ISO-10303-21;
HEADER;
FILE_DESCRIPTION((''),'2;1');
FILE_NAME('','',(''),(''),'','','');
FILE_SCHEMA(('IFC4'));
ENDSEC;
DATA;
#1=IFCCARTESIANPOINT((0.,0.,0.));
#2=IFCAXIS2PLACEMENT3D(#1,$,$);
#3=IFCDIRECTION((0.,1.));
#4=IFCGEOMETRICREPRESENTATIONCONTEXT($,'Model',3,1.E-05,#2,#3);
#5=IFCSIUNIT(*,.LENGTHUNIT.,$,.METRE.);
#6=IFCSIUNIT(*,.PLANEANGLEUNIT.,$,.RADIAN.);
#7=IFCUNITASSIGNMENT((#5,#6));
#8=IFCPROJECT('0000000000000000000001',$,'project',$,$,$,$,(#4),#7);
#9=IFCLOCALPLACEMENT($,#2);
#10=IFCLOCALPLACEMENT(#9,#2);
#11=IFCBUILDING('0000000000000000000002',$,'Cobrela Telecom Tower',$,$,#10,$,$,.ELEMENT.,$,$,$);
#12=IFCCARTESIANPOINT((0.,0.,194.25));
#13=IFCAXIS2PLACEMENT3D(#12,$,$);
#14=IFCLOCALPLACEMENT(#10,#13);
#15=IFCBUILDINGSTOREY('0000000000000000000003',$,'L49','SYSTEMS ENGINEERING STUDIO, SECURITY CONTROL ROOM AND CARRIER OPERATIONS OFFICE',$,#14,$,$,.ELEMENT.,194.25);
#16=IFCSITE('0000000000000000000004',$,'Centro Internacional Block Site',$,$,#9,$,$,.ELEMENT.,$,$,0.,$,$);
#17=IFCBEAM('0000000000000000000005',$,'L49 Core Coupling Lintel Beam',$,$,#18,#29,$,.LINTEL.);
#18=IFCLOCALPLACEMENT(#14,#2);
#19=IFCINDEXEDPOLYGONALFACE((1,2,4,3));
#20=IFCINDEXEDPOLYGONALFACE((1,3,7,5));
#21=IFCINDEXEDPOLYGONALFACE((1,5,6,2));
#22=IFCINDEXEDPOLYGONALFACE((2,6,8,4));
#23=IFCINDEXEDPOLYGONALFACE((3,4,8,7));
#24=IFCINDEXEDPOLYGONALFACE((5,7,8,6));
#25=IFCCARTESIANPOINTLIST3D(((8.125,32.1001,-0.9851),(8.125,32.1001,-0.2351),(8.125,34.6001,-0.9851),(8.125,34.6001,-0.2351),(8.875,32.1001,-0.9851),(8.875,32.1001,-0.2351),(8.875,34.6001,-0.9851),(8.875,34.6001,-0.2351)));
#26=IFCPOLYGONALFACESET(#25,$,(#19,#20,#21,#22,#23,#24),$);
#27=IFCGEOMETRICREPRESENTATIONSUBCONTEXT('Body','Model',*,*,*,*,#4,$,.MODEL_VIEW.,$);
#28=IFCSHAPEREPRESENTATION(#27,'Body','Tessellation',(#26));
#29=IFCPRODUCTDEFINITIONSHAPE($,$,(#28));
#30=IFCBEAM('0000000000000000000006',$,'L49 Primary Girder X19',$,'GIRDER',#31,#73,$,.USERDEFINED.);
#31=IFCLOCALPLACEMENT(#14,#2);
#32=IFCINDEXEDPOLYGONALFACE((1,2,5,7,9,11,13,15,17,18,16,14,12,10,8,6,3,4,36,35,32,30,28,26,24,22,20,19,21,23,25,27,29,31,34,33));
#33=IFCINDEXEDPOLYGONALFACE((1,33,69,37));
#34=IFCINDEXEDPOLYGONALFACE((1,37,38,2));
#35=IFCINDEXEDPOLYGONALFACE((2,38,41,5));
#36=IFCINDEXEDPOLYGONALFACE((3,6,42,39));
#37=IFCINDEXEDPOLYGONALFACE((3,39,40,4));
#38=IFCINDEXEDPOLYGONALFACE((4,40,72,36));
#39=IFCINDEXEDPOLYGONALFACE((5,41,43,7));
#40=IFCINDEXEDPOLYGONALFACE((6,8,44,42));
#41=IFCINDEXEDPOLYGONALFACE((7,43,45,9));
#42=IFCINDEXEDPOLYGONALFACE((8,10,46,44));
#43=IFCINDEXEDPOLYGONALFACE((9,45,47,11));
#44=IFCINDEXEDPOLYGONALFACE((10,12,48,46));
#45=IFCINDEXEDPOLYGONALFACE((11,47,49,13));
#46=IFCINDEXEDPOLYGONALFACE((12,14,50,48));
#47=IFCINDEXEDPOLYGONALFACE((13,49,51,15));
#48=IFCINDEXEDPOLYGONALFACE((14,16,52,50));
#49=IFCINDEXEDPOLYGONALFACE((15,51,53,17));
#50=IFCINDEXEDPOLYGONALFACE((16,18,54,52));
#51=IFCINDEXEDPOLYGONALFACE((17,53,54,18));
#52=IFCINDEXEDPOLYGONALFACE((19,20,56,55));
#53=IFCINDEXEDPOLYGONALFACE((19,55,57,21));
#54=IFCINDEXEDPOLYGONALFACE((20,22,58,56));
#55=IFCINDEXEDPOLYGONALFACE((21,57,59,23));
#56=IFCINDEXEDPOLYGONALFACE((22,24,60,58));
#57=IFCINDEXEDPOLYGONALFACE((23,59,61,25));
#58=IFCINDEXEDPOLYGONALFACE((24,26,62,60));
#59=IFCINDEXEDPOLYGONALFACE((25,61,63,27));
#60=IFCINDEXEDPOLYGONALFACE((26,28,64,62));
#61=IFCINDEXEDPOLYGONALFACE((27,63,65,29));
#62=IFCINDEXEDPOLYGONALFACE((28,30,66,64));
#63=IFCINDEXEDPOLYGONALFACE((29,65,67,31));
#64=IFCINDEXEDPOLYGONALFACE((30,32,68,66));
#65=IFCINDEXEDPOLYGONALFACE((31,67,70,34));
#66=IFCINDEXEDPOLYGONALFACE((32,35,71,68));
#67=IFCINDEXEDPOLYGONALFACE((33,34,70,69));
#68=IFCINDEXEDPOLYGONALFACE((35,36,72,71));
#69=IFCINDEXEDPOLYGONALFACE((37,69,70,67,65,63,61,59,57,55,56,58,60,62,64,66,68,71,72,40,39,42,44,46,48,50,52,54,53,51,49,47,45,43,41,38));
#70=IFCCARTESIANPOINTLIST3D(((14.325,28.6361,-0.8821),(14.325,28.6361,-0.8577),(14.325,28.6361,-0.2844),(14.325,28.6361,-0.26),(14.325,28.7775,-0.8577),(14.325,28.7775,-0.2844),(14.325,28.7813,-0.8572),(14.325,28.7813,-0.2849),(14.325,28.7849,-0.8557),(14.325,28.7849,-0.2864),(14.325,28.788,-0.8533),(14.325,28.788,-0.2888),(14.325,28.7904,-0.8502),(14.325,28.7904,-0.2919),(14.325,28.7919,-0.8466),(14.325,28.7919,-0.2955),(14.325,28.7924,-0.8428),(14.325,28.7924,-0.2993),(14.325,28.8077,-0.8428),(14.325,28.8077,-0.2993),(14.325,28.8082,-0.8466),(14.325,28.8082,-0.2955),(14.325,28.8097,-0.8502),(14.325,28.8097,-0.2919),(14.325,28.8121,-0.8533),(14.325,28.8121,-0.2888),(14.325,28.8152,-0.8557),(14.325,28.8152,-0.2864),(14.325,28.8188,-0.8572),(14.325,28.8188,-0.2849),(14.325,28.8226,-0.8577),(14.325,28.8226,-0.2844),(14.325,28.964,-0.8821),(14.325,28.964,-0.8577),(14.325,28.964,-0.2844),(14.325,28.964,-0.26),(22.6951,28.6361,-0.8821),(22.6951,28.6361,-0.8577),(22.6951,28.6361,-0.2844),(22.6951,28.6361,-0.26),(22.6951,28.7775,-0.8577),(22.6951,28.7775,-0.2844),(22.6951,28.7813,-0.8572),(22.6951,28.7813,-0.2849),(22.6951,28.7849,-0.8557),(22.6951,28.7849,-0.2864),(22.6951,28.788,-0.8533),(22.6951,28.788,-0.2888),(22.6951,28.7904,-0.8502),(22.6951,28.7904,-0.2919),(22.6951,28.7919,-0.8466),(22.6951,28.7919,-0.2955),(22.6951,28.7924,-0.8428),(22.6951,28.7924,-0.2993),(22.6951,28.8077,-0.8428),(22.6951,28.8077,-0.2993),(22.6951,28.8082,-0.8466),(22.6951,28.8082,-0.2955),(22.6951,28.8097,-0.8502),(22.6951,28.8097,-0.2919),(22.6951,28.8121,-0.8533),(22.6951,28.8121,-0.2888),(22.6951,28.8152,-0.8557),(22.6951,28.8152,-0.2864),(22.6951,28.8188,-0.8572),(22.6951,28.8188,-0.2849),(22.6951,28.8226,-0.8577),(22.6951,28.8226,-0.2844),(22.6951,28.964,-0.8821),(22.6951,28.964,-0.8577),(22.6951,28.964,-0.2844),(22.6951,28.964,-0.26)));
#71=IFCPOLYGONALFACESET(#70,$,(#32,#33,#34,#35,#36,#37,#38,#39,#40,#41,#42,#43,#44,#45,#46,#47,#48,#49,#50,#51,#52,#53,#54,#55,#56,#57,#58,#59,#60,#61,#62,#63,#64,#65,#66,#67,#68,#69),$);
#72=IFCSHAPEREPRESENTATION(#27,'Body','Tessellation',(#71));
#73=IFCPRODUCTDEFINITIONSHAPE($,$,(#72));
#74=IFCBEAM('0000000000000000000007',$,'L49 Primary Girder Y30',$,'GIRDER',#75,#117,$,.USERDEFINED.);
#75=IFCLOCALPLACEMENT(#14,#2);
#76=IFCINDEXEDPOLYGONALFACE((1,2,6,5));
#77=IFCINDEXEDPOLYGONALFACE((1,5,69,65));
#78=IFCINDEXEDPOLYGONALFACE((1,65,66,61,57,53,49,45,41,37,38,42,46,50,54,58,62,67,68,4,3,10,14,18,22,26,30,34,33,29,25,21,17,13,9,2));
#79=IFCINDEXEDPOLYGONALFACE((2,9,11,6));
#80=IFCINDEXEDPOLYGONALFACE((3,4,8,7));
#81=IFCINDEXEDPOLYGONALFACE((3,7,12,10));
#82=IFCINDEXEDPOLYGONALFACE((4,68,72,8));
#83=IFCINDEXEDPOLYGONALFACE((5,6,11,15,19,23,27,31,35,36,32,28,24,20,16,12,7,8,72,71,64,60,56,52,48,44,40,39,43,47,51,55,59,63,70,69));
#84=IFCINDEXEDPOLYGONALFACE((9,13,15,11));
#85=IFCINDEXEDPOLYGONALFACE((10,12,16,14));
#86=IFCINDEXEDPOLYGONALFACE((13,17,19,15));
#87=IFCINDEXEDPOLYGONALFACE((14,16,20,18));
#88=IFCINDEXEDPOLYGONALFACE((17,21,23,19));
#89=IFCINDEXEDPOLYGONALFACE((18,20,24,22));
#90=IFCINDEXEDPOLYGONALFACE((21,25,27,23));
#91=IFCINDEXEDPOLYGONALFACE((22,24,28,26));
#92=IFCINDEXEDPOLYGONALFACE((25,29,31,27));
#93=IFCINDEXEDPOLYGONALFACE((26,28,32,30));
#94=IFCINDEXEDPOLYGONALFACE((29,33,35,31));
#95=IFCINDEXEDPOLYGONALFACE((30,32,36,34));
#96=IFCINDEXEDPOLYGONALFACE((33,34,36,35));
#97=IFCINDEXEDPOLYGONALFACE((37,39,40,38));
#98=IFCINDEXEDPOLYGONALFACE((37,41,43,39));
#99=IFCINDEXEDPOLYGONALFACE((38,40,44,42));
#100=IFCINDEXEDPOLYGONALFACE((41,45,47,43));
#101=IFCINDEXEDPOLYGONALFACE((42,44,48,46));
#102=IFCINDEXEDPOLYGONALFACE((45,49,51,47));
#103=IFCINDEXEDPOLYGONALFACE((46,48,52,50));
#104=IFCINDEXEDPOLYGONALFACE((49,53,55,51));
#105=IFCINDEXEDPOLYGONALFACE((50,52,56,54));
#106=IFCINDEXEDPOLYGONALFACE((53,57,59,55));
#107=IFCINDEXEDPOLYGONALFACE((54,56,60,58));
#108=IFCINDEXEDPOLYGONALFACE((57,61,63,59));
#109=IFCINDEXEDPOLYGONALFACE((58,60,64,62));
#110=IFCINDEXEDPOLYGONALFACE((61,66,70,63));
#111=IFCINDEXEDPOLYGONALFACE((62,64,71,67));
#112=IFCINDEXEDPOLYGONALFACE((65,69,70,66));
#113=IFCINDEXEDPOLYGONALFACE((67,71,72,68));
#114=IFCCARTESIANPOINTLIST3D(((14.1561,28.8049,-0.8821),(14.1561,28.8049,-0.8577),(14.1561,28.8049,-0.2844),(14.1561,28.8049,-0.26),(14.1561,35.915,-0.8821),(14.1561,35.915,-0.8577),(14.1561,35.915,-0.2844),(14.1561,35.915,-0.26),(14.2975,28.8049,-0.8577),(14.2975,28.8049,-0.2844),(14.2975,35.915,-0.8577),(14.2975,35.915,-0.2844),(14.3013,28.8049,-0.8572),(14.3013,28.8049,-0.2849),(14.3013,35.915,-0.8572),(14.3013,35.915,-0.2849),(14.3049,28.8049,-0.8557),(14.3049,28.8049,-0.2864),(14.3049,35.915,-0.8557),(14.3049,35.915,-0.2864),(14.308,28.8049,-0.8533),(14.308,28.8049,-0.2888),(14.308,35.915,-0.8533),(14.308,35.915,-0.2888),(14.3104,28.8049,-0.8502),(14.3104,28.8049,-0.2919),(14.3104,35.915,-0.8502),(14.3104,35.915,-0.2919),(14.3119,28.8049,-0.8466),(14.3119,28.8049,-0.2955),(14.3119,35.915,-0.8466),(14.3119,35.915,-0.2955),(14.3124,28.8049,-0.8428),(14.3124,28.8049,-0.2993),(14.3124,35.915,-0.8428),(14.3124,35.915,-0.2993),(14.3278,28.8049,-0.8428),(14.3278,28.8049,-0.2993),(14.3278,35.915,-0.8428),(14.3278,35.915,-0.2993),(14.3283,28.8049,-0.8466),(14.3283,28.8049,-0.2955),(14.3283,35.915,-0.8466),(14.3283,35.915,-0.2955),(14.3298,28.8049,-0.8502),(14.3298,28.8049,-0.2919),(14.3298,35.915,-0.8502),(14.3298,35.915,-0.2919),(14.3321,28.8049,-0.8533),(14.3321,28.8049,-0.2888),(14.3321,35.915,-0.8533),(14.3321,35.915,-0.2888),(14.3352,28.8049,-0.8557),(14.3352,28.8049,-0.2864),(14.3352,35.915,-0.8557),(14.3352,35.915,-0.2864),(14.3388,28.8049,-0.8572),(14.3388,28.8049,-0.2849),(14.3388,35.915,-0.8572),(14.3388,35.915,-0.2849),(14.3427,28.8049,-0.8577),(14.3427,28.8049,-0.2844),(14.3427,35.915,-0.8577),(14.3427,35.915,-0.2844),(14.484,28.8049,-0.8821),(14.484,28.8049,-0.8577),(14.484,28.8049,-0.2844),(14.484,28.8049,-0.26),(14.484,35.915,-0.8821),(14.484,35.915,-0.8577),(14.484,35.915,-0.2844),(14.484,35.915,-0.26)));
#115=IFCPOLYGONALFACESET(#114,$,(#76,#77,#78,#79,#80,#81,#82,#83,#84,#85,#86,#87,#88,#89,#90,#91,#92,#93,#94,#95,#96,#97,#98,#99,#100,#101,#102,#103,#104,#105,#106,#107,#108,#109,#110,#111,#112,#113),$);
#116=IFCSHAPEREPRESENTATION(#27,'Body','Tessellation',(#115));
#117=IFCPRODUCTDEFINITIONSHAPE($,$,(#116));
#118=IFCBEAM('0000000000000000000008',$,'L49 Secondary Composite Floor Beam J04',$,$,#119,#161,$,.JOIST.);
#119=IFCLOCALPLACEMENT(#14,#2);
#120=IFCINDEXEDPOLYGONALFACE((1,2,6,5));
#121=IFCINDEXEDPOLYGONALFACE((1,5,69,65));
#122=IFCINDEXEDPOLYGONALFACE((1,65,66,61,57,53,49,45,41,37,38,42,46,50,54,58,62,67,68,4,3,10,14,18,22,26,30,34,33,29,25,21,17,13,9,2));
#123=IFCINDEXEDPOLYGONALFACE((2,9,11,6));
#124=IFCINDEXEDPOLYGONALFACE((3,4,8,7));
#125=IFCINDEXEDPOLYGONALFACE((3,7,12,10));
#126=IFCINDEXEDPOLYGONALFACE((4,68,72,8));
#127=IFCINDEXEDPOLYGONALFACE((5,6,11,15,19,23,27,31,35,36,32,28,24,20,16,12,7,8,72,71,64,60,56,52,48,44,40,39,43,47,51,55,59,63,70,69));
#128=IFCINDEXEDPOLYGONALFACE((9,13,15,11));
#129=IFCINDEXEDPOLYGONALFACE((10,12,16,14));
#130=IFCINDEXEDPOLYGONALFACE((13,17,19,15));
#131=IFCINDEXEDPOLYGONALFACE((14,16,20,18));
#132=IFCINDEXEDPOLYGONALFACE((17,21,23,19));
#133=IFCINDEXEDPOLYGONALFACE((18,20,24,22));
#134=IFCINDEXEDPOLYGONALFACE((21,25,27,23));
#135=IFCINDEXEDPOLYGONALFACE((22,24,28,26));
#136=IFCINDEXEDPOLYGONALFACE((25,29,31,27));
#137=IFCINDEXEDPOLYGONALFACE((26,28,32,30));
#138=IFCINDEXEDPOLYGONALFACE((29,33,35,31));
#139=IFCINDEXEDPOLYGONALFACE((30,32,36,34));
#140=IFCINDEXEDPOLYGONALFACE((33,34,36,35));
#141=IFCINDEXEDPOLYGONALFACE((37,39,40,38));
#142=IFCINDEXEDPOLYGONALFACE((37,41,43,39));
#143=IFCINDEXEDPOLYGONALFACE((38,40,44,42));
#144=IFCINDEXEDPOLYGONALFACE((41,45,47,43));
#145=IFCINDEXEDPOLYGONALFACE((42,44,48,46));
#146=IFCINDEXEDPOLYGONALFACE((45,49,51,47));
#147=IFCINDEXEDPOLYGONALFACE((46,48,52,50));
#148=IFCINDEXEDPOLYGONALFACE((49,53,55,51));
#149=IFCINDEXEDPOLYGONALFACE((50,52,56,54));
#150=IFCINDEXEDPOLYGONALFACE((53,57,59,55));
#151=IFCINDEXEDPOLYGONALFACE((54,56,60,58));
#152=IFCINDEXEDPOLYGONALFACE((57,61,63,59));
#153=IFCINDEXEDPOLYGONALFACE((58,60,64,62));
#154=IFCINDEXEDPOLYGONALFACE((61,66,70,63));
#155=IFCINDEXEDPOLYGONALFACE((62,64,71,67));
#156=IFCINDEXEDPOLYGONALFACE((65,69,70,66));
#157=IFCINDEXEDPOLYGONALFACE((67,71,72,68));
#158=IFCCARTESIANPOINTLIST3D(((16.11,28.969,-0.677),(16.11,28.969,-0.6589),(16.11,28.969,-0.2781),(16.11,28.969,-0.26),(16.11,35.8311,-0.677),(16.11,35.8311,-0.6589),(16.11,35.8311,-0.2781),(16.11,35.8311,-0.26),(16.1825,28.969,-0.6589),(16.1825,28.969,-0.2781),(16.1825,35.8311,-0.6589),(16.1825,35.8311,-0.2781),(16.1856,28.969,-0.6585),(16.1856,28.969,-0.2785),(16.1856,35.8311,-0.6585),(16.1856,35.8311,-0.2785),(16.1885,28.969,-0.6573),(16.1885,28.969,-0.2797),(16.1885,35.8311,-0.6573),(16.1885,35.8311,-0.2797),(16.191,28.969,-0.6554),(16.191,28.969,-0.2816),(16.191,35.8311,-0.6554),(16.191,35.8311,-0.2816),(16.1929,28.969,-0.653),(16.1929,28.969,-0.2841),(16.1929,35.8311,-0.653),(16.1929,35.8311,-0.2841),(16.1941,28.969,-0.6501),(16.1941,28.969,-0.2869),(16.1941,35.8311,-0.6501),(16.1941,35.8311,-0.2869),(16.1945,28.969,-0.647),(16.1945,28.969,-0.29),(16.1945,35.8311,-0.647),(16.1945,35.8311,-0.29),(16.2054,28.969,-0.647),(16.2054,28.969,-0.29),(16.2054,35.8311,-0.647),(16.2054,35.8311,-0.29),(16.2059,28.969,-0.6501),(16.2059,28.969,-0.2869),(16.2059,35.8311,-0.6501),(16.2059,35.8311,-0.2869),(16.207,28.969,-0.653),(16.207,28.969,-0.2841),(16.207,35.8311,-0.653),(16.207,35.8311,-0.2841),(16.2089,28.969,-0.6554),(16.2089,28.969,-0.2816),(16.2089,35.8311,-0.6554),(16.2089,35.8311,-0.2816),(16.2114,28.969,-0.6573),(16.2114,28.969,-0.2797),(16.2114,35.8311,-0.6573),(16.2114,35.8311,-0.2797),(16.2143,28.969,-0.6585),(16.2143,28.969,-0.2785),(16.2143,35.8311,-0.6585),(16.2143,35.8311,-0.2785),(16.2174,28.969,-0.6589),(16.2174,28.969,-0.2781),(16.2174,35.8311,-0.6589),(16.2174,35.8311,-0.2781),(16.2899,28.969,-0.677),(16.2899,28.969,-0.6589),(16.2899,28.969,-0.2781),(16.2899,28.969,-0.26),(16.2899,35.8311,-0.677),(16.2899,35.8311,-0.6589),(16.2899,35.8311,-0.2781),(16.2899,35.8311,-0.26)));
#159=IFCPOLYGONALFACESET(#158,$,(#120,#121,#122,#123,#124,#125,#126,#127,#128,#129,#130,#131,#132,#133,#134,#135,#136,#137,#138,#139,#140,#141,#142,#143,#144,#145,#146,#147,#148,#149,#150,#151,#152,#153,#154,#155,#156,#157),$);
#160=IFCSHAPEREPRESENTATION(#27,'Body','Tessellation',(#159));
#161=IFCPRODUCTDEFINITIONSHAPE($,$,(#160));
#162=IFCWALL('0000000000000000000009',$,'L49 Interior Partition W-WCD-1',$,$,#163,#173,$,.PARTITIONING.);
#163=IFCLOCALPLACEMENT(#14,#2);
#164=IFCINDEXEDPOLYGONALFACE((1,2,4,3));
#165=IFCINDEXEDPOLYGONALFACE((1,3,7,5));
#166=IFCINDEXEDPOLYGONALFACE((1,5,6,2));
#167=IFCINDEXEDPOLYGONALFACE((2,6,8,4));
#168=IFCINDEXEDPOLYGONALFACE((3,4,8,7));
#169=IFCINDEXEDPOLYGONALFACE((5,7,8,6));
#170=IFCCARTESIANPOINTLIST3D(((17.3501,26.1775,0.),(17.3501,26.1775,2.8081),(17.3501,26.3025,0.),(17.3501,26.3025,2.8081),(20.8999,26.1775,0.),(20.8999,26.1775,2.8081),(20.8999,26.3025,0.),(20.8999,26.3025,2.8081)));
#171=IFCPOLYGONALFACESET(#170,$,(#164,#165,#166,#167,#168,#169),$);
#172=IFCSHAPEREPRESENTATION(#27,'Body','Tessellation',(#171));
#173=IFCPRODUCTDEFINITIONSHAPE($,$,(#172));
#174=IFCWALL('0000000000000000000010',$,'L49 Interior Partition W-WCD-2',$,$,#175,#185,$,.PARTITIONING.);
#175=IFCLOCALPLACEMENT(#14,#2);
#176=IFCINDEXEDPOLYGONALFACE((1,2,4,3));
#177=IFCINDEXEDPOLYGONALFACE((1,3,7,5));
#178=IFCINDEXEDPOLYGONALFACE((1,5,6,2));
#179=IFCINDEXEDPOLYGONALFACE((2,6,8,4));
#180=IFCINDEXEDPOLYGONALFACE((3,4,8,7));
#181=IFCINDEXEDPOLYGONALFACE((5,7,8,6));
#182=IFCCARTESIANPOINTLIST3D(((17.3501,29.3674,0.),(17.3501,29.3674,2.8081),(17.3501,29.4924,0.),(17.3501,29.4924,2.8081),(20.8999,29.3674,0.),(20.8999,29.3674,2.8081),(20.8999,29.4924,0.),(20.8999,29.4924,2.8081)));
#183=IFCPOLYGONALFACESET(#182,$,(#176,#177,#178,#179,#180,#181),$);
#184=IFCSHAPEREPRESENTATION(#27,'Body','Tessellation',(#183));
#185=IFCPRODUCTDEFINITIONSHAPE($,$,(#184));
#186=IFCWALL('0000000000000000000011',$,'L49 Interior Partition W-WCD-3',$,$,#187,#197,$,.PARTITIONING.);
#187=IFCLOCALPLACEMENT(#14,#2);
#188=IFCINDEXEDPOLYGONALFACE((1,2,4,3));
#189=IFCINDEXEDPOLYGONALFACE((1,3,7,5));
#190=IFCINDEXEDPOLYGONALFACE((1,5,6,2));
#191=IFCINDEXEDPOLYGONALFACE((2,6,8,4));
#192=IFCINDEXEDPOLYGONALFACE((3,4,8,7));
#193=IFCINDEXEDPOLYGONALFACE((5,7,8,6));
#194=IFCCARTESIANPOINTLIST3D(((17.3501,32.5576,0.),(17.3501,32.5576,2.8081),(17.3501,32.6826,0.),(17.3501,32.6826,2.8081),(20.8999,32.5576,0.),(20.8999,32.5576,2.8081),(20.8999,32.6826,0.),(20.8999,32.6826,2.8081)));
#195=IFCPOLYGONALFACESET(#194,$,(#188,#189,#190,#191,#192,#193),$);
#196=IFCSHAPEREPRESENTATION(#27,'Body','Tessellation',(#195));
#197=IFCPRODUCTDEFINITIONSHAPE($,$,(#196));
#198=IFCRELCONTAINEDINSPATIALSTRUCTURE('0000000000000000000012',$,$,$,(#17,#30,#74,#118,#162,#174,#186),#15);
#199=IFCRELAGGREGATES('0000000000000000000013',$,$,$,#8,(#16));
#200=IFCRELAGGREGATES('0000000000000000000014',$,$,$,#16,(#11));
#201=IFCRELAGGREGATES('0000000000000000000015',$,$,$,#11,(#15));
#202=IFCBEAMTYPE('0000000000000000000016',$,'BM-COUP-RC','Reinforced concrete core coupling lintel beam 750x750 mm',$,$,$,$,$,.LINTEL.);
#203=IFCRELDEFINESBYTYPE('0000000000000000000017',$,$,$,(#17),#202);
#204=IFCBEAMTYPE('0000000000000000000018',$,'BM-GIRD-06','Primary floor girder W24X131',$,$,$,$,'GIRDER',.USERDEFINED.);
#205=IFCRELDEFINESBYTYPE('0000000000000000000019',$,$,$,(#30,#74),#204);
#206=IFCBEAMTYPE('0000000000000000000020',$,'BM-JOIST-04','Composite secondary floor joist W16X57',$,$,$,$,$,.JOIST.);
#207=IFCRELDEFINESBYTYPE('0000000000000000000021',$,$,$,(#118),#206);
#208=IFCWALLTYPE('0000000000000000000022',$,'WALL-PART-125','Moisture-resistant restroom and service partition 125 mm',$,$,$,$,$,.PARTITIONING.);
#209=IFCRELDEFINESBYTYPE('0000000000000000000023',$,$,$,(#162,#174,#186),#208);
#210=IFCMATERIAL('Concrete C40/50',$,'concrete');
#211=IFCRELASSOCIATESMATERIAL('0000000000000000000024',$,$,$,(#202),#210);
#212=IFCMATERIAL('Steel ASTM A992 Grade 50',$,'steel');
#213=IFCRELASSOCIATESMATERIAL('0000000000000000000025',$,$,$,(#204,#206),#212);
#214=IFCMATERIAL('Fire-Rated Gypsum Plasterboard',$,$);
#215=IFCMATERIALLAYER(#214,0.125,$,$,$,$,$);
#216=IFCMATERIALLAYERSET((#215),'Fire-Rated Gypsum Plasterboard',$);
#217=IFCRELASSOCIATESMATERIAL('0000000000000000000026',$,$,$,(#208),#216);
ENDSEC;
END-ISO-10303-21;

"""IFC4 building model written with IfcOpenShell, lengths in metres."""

from ifc_helpers import new_model, si_unit, direction, frame, frame_2d, origin, origin_2d, place, context, subcontext, project, spatial, rectangle, i_section, extrude, material, layer, layer_set, material_profile, profile_set, type_object, element, save


model = new_model("IFC4")

# Units and contexts
model_context = context("Model", 3, precision=1e-05, world=origin(), true_north=direction((0.0, 1.0)))
body_context = subcontext(model_context, "Body", "Model", "MODEL_VIEW")
ifc_project = project(units=[si_unit("LENGTHUNIT", "METRE"), si_unit("PLANEANGLEUNIT", "RADIAN")], contexts=[model_context])

# Site, building, storey
site_placement = place(None, origin())
site = spatial("IfcSite", under=ifc_project, at=site_placement, Name="Centro Internacional Block Site", CompositionType="ELEMENT", RefElevation=0.0)
building_placement = place(site_placement, origin())
building = spatial("IfcBuilding", under=site, at=building_placement, Name="Cobrela Telecom Tower", CompositionType="ELEMENT")
storey_placement = place(building_placement, frame((0.0, 0.0, 194.25)))
storey = spatial("IfcBuildingStorey", under=building, at=storey_placement, Name="L49", Description="SYSTEMS ENGINEERING STUDIO, SECURITY CONTROL ROOM AND CARRIER OPERATIONS OFFICE", CompositionType="ELEMENT", Elevation=194.25)

# Beams
ifc_material_1 = material(Name="Concrete C40/50", Category="concrete")
ifc_material_profile_1 = material_profile(ifc_material_1, rectangle(XDim=0.75, YDim=0.75, at=origin_2d()), Name="RC 750x750")
ifc_profile_set_1 = profile_set([ifc_material_profile_1], Name="Concrete C40/50")
beam_type_1 = type_object("IfcBeamType", Name="BM-COUP-RC", Description="Reinforced concrete core coupling lintel beam 750x750 mm", PredefinedType="LINTEL", material=ifc_profile_set_1)
beam_1_placement = place(storey_placement, frame((8.5, 32.1001, -0.6101), z_axis=(0.0, 1.0, 0.0), x_axis=(-1.0, 0.0, 0.0)))
element("IfcBeam", 1, at=beam_1_placement, inside=storey, type_object=beam_type_1, Name="L49 Core Coupling Lintel Beam", PredefinedType="LINTEL", context=body_context, shape_type="SweptSolid", body=[
    extrude(rectangle(XDim=0.75, YDim=0.75, at=origin_2d()), origin(), (0.0, 0.0, 1.0), 2.5),
])
ifc_material_2 = material(Name="Steel ASTM A992 Grade 50", Category="steel")
ifc_material_profile_2 = material_profile(ifc_material_2, i_section(OverallWidth=0.3279, OverallDepth=0.6221, WebThickness=0.0154, FlangeThickness=0.0244, FilletRadius=0.0149, at=origin_2d()), Name="W24X131")
ifc_profile_set_2 = profile_set([ifc_material_profile_2], Name="Steel ASTM A992 Grade 50")
beam_type_2 = type_object("IfcBeamType", Name="BM-GIRD-06", Description="Primary floor girder W24X131", ElementType="GIRDER", PredefinedType="USERDEFINED", material=ifc_profile_set_2)
beam_2_placement = place(storey_placement, frame((14.325, 28.8, -0.571), z_axis=(1.0, 0.0, 0.0), x_axis=(0.0, 1.0, 0.0)))
element("IfcBeam", 2, at=beam_2_placement, inside=storey, type_object=beam_type_2, Name="L49 Primary Girder X19", ObjectType="GIRDER", PredefinedType="USERDEFINED", context=body_context, shape_type="SweptSolid", body=[
    extrude(i_section(OverallWidth=0.3279, OverallDepth=0.6221, WebThickness=0.0154, FlangeThickness=0.0244, FilletRadius=0.0149, at=origin_2d()), origin(), (0.0, 0.0, 1.0), 8.3701),
])
beam_3_placement = place(storey_placement, frame((14.3201, 28.8049, -0.571), z_axis=(0.0, 1.0, 0.0), x_axis=(-1.0, 0.0, 0.0)))
element("IfcBeam", 3, at=beam_3_placement, inside=storey, type_object=beam_type_2, Name="L49 Primary Girder Y30", ObjectType="GIRDER", PredefinedType="USERDEFINED", context=body_context, shape_type="SweptSolid", body=[
    extrude(i_section(OverallWidth=0.3279, OverallDepth=0.6221, WebThickness=0.0154, FlangeThickness=0.0244, FilletRadius=0.0149, at=origin_2d()), origin(), (0.0, 0.0, 1.0), 7.1101),
])
ifc_material_profile_3 = material_profile(ifc_material_2, i_section(OverallWidth=0.1799, OverallDepth=0.417, WebThickness=0.011, FlangeThickness=0.0181, FilletRadius=0.012, at=origin_2d()), Name="W16X57")
ifc_profile_set_3 = profile_set([ifc_material_profile_3], Name="Steel ASTM A992 Grade 50")
beam_type_3 = type_object("IfcBeamType", Name="BM-JOIST-04", Description="Composite secondary floor joist W16X57", PredefinedType="JOIST", material=ifc_profile_set_3)
beam_4_placement = place(storey_placement, frame((16.2, 28.969, -0.4685), z_axis=(0.0, 1.0, 0.0), x_axis=(-1.0, 0.0, 0.0)))
element("IfcBeam", 4, at=beam_4_placement, inside=storey, type_object=beam_type_3, Name="L49 Secondary Composite Floor Beam J04", PredefinedType="JOIST", context=body_context, shape_type="SweptSolid", body=[
    extrude(i_section(OverallWidth=0.1799, OverallDepth=0.417, WebThickness=0.011, FlangeThickness=0.0181, FilletRadius=0.012, at=origin_2d()), origin(), (0.0, 0.0, 1.0), 6.8621),
])

# Walls
ifc_material_3 = material(Name="Fire-Rated Gypsum Plasterboard")
ifc_layer_1 = layer(ifc_material_3, 0.125)
ifc_layer_set_1 = layer_set([ifc_layer_1], Name="Fire-Rated Gypsum Plasterboard")
wall_type_1 = type_object("IfcWallType", Name="WALL-PART-125", Description="Moisture-resistant restroom and service partition 125 mm", PredefinedType="PARTITIONING", material=ifc_layer_set_1)
for number, where, z_axis, x_axis, name in (
    (5, (17.3501, 26.24, 0.0), (0.0, 0.0, 1.0), (1.0, 0.0, 0.0), "L49 Interior Partition W-WCD-1"),
    (6, (17.3501, 29.4299, 0.0), (0.0, 0.0, 1.0), (1.0, 0.0, 0.0), "L49 Interior Partition W-WCD-2"),
    (7, (17.3501, 32.6201, 0.0), (0.0, 0.0, 1.0), (1.0, 0.0, 0.0), "L49 Interior Partition W-WCD-3"),
):
    element("IfcWall", number, at=place(storey_placement, frame(where, z_axis=z_axis, x_axis=x_axis)), inside=storey, type_object=wall_type_1, Name=name, PredefinedType="PARTITIONING", context=body_context, shape_type="SweptSolid", body=[
        extrude(rectangle(XDim=3.5498, YDim=0.125, at=frame_2d((1.7749, 0.0))), origin(), (0.0, 0.0, 1.0), 2.8081),
    ])

save(model, "model.ifc")
